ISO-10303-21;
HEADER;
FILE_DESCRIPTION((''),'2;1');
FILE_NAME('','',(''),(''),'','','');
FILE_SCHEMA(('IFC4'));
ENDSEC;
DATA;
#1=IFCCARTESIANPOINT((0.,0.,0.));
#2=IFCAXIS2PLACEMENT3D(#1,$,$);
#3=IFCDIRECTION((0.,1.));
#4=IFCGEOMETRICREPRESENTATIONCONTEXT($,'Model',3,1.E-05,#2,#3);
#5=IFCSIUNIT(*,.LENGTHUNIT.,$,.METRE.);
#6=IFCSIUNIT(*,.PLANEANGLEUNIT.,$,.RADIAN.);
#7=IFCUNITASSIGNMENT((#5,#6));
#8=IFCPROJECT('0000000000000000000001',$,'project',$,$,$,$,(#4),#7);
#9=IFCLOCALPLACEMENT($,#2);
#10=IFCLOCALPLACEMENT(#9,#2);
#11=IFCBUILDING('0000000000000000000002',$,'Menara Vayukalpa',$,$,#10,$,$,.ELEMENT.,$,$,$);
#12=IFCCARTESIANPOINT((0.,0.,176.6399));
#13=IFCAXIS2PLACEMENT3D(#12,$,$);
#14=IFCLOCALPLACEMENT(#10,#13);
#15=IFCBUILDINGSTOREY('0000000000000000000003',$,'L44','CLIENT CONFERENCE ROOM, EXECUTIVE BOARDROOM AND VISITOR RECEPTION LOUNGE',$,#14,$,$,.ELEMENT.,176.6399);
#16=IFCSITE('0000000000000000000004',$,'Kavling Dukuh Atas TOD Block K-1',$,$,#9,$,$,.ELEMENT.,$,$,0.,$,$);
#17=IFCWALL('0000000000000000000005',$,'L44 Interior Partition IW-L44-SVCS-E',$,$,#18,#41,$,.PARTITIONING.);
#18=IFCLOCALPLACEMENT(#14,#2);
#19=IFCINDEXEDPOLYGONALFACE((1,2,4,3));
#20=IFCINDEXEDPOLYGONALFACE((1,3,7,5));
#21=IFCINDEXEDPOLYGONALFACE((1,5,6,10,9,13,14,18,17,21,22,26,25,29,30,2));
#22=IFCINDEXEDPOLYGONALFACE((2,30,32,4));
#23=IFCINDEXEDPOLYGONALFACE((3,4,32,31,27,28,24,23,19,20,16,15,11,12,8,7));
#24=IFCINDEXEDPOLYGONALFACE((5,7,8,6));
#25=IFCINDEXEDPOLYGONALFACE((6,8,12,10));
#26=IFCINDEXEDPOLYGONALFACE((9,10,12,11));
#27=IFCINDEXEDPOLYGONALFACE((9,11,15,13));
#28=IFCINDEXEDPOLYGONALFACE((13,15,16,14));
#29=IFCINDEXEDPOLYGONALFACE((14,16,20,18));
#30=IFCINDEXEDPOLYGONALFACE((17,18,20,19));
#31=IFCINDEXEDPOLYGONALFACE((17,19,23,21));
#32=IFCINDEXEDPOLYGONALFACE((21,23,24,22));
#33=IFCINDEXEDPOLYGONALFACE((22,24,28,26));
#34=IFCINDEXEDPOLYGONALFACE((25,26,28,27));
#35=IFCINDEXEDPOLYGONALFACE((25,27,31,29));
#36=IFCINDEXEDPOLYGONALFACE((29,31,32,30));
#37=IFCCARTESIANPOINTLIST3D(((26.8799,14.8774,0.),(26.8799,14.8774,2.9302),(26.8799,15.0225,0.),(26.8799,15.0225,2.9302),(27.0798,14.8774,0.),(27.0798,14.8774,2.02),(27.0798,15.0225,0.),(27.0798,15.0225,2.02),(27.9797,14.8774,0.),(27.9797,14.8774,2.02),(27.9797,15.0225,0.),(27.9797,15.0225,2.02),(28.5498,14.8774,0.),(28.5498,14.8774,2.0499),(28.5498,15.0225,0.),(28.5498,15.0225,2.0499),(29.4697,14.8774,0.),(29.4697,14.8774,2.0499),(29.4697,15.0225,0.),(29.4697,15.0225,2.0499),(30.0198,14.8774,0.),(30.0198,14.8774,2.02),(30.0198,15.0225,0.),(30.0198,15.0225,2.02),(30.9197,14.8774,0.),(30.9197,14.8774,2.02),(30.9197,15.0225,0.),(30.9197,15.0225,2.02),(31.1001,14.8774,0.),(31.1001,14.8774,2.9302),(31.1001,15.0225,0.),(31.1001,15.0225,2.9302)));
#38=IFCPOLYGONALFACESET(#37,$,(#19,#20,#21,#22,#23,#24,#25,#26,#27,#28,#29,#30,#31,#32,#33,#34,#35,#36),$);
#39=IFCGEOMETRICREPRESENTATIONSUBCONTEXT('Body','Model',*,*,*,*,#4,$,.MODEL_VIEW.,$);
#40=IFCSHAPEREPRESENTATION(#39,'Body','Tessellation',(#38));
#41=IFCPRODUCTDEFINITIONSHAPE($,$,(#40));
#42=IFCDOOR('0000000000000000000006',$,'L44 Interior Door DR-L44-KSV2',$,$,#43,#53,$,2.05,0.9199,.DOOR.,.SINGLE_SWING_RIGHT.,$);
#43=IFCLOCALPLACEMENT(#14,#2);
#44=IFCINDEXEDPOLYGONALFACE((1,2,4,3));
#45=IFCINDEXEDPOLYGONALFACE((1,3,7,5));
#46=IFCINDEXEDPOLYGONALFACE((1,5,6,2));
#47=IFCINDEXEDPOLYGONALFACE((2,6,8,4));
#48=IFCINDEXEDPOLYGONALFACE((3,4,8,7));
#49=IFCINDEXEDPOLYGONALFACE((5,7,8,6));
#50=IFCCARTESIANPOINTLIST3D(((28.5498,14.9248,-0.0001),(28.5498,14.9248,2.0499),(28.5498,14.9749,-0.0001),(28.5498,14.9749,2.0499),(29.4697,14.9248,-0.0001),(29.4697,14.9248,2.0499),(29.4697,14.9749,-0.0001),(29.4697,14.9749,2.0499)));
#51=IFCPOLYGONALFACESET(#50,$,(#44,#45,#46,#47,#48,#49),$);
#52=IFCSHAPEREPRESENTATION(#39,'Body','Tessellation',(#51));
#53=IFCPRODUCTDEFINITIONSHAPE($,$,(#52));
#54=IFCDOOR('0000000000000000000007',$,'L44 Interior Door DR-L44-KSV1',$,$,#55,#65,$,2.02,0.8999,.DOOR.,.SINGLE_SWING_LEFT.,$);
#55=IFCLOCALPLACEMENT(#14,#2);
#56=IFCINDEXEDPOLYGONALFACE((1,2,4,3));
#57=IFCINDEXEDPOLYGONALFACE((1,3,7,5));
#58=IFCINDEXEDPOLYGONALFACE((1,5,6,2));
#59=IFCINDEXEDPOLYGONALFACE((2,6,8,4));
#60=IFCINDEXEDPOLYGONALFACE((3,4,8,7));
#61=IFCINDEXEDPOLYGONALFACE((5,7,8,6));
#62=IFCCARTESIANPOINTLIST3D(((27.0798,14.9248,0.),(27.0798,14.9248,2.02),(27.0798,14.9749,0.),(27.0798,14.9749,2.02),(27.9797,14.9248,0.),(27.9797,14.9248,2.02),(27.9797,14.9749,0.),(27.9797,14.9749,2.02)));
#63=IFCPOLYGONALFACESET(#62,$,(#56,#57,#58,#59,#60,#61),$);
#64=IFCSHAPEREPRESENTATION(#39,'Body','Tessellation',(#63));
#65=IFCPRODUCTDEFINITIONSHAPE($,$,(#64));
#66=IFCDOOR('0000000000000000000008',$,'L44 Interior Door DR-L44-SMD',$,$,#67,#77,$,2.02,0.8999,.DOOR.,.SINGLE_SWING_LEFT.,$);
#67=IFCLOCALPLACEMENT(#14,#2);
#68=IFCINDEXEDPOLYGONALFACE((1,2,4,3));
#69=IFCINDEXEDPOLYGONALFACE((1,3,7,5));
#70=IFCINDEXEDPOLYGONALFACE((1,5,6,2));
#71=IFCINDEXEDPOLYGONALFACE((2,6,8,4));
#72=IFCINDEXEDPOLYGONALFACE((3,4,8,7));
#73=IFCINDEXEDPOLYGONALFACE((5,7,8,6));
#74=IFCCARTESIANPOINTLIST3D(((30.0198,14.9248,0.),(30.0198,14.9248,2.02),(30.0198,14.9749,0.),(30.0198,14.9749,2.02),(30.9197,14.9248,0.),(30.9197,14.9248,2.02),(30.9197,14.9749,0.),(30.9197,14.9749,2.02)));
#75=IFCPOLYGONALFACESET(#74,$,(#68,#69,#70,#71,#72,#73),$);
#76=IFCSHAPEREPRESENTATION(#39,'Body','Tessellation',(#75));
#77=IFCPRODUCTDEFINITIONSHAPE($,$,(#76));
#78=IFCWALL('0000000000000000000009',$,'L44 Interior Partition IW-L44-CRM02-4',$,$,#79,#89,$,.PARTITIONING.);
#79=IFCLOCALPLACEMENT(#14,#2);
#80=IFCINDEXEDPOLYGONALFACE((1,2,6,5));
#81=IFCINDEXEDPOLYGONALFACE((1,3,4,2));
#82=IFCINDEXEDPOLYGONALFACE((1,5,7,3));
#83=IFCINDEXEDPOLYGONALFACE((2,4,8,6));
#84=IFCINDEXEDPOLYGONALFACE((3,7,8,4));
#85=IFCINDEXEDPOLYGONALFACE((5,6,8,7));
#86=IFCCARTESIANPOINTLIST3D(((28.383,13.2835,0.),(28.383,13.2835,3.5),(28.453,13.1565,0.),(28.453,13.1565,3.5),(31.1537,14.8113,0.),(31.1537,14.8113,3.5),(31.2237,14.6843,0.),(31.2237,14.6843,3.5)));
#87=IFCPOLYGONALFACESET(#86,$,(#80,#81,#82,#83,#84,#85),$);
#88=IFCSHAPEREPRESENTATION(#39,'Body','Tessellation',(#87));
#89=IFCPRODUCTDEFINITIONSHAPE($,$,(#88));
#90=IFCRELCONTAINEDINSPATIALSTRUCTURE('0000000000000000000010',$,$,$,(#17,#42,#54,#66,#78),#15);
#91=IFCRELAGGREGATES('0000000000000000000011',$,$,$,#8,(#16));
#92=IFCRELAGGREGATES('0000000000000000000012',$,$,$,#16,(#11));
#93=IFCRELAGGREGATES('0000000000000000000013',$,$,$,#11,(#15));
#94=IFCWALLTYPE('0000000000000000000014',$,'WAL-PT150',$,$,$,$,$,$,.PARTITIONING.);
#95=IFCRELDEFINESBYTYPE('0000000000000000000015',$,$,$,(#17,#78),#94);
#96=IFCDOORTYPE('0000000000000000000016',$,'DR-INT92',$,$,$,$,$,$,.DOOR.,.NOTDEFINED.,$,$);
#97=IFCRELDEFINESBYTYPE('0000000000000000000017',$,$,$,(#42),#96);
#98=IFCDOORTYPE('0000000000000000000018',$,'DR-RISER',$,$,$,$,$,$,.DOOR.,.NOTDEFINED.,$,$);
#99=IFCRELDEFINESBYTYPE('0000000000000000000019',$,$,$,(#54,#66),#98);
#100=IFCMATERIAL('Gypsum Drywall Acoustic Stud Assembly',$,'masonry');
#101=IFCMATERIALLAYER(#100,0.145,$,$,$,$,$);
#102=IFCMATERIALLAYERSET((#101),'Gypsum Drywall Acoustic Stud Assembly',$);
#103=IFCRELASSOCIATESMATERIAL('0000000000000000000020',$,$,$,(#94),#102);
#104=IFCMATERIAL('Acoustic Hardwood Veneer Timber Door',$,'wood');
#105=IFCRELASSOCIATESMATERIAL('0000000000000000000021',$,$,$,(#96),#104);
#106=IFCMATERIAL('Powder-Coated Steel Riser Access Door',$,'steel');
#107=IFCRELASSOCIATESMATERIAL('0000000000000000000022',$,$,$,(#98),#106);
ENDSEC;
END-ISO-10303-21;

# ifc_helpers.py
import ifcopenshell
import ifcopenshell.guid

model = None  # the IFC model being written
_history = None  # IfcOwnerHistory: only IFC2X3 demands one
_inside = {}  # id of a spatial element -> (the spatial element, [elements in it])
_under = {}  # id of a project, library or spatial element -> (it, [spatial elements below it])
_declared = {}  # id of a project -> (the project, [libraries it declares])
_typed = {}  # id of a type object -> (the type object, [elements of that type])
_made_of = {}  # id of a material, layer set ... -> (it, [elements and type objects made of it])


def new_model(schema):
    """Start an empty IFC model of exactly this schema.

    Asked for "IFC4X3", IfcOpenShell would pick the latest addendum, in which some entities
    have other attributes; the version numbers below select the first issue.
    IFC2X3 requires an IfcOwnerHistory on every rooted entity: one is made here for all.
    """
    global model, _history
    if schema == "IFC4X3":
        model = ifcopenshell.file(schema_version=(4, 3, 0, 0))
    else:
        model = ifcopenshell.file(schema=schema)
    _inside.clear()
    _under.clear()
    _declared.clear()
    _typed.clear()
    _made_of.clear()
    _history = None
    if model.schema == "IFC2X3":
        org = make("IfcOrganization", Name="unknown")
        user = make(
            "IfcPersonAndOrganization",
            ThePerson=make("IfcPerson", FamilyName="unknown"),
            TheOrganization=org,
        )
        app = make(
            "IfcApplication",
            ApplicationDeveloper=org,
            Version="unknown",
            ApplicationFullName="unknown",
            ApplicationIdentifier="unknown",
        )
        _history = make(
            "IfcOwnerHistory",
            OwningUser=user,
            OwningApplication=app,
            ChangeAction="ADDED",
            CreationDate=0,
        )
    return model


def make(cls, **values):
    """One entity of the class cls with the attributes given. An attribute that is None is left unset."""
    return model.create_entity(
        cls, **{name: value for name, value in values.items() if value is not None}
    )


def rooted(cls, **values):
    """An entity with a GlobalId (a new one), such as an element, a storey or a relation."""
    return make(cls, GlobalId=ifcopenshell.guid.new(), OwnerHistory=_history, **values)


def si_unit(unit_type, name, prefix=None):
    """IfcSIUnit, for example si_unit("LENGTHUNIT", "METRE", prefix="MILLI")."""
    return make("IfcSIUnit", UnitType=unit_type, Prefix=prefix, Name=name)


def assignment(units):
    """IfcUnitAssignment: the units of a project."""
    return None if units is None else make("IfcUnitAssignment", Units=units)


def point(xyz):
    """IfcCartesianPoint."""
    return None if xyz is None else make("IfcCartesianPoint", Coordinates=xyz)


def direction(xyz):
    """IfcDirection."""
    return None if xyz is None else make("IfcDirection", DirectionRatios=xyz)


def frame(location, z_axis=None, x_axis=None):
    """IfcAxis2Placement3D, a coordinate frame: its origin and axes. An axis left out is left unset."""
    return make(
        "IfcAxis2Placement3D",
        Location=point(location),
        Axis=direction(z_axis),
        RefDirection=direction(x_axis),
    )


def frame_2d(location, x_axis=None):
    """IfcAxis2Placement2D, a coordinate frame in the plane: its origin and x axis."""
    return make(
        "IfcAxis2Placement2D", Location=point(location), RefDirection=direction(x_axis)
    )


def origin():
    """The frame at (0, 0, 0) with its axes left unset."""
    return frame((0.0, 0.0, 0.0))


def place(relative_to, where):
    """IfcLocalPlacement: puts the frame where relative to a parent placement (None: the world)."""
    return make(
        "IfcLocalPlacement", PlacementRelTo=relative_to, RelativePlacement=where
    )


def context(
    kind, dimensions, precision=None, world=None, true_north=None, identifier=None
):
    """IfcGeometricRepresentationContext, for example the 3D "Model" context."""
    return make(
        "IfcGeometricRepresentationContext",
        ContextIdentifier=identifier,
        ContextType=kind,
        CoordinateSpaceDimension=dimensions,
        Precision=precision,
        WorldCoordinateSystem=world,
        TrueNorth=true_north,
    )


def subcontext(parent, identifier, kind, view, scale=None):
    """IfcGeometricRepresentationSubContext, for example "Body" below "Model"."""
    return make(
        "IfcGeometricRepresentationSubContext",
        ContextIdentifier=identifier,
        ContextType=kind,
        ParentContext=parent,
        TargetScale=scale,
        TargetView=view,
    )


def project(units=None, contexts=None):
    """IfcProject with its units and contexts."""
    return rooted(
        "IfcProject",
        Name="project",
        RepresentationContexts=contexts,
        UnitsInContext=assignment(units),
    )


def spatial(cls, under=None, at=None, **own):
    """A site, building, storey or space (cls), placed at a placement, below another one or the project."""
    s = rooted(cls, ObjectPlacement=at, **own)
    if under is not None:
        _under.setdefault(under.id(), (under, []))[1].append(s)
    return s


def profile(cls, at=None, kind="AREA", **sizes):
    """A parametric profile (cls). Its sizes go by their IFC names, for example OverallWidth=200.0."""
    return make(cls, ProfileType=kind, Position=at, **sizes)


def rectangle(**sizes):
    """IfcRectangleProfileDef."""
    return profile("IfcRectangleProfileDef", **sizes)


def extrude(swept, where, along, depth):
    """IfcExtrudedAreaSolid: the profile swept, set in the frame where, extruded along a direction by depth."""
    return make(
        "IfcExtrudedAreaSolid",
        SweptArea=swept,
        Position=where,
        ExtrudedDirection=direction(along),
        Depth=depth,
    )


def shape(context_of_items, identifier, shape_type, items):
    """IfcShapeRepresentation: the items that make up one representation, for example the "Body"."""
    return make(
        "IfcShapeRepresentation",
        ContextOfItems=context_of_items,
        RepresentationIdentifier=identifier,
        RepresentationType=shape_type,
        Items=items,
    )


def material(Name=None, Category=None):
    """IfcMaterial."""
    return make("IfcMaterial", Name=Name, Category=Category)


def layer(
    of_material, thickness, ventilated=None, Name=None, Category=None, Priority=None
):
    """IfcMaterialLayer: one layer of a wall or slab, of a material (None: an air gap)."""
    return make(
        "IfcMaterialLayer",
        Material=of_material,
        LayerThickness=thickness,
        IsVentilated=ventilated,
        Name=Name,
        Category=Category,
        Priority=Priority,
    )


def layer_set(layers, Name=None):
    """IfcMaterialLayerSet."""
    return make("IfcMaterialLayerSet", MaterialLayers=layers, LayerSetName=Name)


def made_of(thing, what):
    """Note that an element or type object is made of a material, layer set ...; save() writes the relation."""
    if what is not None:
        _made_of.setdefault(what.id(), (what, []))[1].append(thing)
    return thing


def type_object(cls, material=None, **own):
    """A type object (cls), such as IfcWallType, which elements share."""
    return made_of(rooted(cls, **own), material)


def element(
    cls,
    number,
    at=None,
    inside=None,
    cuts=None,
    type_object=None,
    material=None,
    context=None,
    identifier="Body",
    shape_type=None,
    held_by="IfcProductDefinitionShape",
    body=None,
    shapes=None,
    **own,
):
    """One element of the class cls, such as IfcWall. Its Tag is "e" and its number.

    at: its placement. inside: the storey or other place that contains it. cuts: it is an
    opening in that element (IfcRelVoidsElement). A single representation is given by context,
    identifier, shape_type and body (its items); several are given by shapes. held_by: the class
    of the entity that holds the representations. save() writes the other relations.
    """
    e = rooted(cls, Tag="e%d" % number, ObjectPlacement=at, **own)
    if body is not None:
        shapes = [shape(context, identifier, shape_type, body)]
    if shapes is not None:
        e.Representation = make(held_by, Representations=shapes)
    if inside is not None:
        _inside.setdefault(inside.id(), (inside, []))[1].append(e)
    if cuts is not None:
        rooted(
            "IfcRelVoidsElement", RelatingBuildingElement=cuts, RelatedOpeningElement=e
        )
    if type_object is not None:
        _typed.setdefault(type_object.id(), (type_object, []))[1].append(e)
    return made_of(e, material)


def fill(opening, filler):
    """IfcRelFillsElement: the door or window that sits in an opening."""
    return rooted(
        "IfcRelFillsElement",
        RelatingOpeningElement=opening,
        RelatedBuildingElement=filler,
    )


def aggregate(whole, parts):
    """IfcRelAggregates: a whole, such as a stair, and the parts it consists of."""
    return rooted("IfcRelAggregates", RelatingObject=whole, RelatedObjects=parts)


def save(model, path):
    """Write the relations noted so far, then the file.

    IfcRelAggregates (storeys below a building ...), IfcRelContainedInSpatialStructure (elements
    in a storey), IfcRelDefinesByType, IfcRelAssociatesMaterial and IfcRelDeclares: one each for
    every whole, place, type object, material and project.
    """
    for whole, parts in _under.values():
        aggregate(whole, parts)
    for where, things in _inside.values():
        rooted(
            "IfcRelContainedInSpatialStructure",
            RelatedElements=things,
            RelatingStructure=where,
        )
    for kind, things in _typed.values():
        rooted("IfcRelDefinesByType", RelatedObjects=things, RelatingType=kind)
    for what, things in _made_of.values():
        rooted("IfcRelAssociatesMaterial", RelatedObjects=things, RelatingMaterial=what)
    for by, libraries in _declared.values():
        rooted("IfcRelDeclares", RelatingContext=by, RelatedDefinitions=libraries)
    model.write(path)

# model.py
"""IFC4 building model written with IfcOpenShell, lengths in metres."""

from ifc_helpers import new_model, si_unit, direction, frame, frame_2d, origin, place, context, subcontext, project, spatial, rectangle, extrude, material, layer, layer_set, type_object, element, fill, save


model = new_model("IFC4")

# Units and contexts
model_context = context("Model", 3, precision=1e-05, world=origin(), true_north=direction((0.0, 1.0)))
body_context = subcontext(model_context, "Body", "Model", "MODEL_VIEW")
ifc_project = project(units=[si_unit("LENGTHUNIT", "METRE"), si_unit("PLANEANGLEUNIT", "RADIAN")], contexts=[model_context])

# Site, building, storey
site_placement = place(None, origin())
site = spatial("IfcSite", under=ifc_project, at=site_placement, Name="Kavling Dukuh Atas TOD Block K-1", CompositionType="ELEMENT", RefElevation=0.0)
building_placement = place(site_placement, origin())
building = spatial("IfcBuilding", under=site, at=building_placement, Name="Menara Vayukalpa", CompositionType="ELEMENT")
storey_placement = place(building_placement, frame((0.0, 0.0, 176.6399)))
storey = spatial("IfcBuildingStorey", under=building, at=storey_placement, Name="L44", Description="CLIENT CONFERENCE ROOM, EXECUTIVE BOARDROOM AND VISITOR RECEPTION LOUNGE", CompositionType="ELEMENT", Elevation=176.6399)

# Wall, openings, doors
ifc_material_1 = material(Name="Gypsum Drywall Acoustic Stud Assembly", Category="masonry")
ifc_layer_1 = layer(ifc_material_1, 0.145)
ifc_layer_set_1 = layer_set([ifc_layer_1], Name="Gypsum Drywall Acoustic Stud Assembly")
wall_type_1 = type_object("IfcWallType", Name="WAL-PT150", PredefinedType="PARTITIONING", material=ifc_layer_set_1)
wall_1_placement = place(storey_placement, frame((26.8799, 14.95, 0.0), z_axis=(0.0, 0.0, 1.0), x_axis=(1.0, 0.0, 0.0)))
wall_1 = element("IfcWall", 1, at=wall_1_placement, inside=storey, type_object=wall_type_1, Name="L44 Interior Partition IW-L44-SVCS-E", PredefinedType="PARTITIONING", context=body_context, shape_type="SweptSolid", body=[
    extrude(rectangle(XDim=4.2202, YDim=0.145, at=frame_2d((2.1101, 0.0))), origin(), (0.0, 0.0, 1.0), 2.9302),
])
opening_1_placement = place(wall_1_placement, frame((0.2, 0.0, 0.0)))
opening_1 = element("IfcOpeningElement", 2, at=opening_1_placement, cuts=wall_1, PredefinedType="OPENING", context=body_context, shape_type="SweptSolid", body=[
    extrude(rectangle(XDim=0.8999, YDim=2.02, at=frame_2d((0.45, 1.01))), frame((0.0, 0.0825, 0.0), z_axis=(0.0, -1.0, 0.0), x_axis=(1.0, 0.0, 0.0)), (0.0, 0.0, 1.0), 0.165),
])
opening_2_placement = place(wall_1_placement, frame((1.6699, 0.0, 0.0)))
opening_2 = element("IfcOpeningElement", 3, at=opening_2_placement, cuts=wall_1, PredefinedType="OPENING", context=body_context, shape_type="SweptSolid", body=[
    extrude(rectangle(XDim=0.9199, YDim=2.05, at=frame_2d((0.46, 1.0249))), frame((0.0, 0.0825, 0.0), z_axis=(0.0, -1.0, 0.0), x_axis=(1.0, 0.0, 0.0)), (0.0, 0.0, 1.0), 0.165),
])
opening_3_placement = place(wall_1_placement, frame((3.1399, 0.0, 0.0)))
opening_3 = element("IfcOpeningElement", 4, at=opening_3_placement, cuts=wall_1, PredefinedType="OPENING", context=body_context, shape_type="SweptSolid", body=[
    extrude(rectangle(XDim=0.8999, YDim=2.02, at=frame_2d((0.45, 1.01))), frame((0.0, 0.0825, 0.0), z_axis=(0.0, -1.0, 0.0), x_axis=(1.0, 0.0, 0.0)), (0.0, 0.0, 1.0), 0.165),
])
ifc_material_2 = material(Name="Acoustic Hardwood Veneer Timber Door", Category="wood")
door_type_1 = type_object("IfcDoorType", Name="DR-INT92", OperationType="NOTDEFINED", PredefinedType="DOOR", material=ifc_material_2)
door_1_placement = place(opening_2_placement, origin())
door_1 = element("IfcDoor", 5, at=door_1_placement, inside=storey, type_object=door_type_1, Name="L44 Interior Door DR-L44-KSV2", OperationType="SINGLE_SWING_RIGHT", OverallHeight=2.05, OverallWidth=0.9199, PredefinedType="DOOR", context=body_context, shape_type="SweptSolid", body=[
    extrude(rectangle(XDim=0.9199, YDim=2.05, at=frame_2d((0.46, 1.0249))), frame((0.0, 0.0249, 0.0), z_axis=(0.0, -1.0, 0.0), x_axis=(1.0, 0.0, 0.0)), (0.0, 0.0, 1.0), 0.05),
])
fill(opening_2, door_1)
ifc_material_3 = material(Name="Powder-Coated Steel Riser Access Door", Category="steel")
door_type_2 = type_object("IfcDoorType", Name="DR-RISER", OperationType="NOTDEFINED", PredefinedType="DOOR", material=ifc_material_3)
door_2_placement = place(opening_1_placement, origin())
door_2 = element("IfcDoor", 6, at=door_2_placement, inside=storey, type_object=door_type_2, Name="L44 Interior Door DR-L44-KSV1", OperationType="SINGLE_SWING_LEFT", OverallHeight=2.02, OverallWidth=0.8999, PredefinedType="DOOR", context=body_context, shape_type="SweptSolid", body=[
    extrude(rectangle(XDim=0.8999, YDim=2.02, at=frame_2d((0.45, 1.01))), frame((0.0, 0.0249, 0.0), z_axis=(0.0, -1.0, 0.0), x_axis=(1.0, 0.0, 0.0)), (0.0, 0.0, 1.0), 0.05),
])
fill(opening_1, door_2)
door_3_placement = place(opening_3_placement, origin())
door_3 = element("IfcDoor", 7, at=door_3_placement, inside=storey, type_object=door_type_2, Name="L44 Interior Door DR-L44-SMD", OperationType="SINGLE_SWING_LEFT", OverallHeight=2.02, OverallWidth=0.8999, PredefinedType="DOOR", context=body_context, shape_type="SweptSolid", body=[
    extrude(rectangle(XDim=0.8999, YDim=2.02, at=frame_2d((0.45, 1.01))), frame((0.0, 0.0249, 0.0), z_axis=(0.0, -1.0, 0.0), x_axis=(1.0, 0.0, 0.0)), (0.0, 0.0, 1.0), 0.05),
])
fill(opening_3, door_3)

# Wall
wall_2_placement = place(storey_placement, frame((28.418, 13.22, 0.0), z_axis=(0.0, 0.0, 1.0), x_axis=(0.875692, 0.482869, 0.0)))
element("IfcWall", 8, at=wall_2_placement, inside=storey, type_object=wall_type_1, Name="L44 Interior Partition IW-L44-CRM02-4", PredefinedType="PARTITIONING", context=body_context, shape_type="SweptSolid", body=[
    extrude(rectangle(XDim=3.1641, YDim=0.145, at=frame_2d((1.582, 0.0))), origin(), (0.0, 0.0, 1.0), 3.5),
])

save(model, "model.ifc")
